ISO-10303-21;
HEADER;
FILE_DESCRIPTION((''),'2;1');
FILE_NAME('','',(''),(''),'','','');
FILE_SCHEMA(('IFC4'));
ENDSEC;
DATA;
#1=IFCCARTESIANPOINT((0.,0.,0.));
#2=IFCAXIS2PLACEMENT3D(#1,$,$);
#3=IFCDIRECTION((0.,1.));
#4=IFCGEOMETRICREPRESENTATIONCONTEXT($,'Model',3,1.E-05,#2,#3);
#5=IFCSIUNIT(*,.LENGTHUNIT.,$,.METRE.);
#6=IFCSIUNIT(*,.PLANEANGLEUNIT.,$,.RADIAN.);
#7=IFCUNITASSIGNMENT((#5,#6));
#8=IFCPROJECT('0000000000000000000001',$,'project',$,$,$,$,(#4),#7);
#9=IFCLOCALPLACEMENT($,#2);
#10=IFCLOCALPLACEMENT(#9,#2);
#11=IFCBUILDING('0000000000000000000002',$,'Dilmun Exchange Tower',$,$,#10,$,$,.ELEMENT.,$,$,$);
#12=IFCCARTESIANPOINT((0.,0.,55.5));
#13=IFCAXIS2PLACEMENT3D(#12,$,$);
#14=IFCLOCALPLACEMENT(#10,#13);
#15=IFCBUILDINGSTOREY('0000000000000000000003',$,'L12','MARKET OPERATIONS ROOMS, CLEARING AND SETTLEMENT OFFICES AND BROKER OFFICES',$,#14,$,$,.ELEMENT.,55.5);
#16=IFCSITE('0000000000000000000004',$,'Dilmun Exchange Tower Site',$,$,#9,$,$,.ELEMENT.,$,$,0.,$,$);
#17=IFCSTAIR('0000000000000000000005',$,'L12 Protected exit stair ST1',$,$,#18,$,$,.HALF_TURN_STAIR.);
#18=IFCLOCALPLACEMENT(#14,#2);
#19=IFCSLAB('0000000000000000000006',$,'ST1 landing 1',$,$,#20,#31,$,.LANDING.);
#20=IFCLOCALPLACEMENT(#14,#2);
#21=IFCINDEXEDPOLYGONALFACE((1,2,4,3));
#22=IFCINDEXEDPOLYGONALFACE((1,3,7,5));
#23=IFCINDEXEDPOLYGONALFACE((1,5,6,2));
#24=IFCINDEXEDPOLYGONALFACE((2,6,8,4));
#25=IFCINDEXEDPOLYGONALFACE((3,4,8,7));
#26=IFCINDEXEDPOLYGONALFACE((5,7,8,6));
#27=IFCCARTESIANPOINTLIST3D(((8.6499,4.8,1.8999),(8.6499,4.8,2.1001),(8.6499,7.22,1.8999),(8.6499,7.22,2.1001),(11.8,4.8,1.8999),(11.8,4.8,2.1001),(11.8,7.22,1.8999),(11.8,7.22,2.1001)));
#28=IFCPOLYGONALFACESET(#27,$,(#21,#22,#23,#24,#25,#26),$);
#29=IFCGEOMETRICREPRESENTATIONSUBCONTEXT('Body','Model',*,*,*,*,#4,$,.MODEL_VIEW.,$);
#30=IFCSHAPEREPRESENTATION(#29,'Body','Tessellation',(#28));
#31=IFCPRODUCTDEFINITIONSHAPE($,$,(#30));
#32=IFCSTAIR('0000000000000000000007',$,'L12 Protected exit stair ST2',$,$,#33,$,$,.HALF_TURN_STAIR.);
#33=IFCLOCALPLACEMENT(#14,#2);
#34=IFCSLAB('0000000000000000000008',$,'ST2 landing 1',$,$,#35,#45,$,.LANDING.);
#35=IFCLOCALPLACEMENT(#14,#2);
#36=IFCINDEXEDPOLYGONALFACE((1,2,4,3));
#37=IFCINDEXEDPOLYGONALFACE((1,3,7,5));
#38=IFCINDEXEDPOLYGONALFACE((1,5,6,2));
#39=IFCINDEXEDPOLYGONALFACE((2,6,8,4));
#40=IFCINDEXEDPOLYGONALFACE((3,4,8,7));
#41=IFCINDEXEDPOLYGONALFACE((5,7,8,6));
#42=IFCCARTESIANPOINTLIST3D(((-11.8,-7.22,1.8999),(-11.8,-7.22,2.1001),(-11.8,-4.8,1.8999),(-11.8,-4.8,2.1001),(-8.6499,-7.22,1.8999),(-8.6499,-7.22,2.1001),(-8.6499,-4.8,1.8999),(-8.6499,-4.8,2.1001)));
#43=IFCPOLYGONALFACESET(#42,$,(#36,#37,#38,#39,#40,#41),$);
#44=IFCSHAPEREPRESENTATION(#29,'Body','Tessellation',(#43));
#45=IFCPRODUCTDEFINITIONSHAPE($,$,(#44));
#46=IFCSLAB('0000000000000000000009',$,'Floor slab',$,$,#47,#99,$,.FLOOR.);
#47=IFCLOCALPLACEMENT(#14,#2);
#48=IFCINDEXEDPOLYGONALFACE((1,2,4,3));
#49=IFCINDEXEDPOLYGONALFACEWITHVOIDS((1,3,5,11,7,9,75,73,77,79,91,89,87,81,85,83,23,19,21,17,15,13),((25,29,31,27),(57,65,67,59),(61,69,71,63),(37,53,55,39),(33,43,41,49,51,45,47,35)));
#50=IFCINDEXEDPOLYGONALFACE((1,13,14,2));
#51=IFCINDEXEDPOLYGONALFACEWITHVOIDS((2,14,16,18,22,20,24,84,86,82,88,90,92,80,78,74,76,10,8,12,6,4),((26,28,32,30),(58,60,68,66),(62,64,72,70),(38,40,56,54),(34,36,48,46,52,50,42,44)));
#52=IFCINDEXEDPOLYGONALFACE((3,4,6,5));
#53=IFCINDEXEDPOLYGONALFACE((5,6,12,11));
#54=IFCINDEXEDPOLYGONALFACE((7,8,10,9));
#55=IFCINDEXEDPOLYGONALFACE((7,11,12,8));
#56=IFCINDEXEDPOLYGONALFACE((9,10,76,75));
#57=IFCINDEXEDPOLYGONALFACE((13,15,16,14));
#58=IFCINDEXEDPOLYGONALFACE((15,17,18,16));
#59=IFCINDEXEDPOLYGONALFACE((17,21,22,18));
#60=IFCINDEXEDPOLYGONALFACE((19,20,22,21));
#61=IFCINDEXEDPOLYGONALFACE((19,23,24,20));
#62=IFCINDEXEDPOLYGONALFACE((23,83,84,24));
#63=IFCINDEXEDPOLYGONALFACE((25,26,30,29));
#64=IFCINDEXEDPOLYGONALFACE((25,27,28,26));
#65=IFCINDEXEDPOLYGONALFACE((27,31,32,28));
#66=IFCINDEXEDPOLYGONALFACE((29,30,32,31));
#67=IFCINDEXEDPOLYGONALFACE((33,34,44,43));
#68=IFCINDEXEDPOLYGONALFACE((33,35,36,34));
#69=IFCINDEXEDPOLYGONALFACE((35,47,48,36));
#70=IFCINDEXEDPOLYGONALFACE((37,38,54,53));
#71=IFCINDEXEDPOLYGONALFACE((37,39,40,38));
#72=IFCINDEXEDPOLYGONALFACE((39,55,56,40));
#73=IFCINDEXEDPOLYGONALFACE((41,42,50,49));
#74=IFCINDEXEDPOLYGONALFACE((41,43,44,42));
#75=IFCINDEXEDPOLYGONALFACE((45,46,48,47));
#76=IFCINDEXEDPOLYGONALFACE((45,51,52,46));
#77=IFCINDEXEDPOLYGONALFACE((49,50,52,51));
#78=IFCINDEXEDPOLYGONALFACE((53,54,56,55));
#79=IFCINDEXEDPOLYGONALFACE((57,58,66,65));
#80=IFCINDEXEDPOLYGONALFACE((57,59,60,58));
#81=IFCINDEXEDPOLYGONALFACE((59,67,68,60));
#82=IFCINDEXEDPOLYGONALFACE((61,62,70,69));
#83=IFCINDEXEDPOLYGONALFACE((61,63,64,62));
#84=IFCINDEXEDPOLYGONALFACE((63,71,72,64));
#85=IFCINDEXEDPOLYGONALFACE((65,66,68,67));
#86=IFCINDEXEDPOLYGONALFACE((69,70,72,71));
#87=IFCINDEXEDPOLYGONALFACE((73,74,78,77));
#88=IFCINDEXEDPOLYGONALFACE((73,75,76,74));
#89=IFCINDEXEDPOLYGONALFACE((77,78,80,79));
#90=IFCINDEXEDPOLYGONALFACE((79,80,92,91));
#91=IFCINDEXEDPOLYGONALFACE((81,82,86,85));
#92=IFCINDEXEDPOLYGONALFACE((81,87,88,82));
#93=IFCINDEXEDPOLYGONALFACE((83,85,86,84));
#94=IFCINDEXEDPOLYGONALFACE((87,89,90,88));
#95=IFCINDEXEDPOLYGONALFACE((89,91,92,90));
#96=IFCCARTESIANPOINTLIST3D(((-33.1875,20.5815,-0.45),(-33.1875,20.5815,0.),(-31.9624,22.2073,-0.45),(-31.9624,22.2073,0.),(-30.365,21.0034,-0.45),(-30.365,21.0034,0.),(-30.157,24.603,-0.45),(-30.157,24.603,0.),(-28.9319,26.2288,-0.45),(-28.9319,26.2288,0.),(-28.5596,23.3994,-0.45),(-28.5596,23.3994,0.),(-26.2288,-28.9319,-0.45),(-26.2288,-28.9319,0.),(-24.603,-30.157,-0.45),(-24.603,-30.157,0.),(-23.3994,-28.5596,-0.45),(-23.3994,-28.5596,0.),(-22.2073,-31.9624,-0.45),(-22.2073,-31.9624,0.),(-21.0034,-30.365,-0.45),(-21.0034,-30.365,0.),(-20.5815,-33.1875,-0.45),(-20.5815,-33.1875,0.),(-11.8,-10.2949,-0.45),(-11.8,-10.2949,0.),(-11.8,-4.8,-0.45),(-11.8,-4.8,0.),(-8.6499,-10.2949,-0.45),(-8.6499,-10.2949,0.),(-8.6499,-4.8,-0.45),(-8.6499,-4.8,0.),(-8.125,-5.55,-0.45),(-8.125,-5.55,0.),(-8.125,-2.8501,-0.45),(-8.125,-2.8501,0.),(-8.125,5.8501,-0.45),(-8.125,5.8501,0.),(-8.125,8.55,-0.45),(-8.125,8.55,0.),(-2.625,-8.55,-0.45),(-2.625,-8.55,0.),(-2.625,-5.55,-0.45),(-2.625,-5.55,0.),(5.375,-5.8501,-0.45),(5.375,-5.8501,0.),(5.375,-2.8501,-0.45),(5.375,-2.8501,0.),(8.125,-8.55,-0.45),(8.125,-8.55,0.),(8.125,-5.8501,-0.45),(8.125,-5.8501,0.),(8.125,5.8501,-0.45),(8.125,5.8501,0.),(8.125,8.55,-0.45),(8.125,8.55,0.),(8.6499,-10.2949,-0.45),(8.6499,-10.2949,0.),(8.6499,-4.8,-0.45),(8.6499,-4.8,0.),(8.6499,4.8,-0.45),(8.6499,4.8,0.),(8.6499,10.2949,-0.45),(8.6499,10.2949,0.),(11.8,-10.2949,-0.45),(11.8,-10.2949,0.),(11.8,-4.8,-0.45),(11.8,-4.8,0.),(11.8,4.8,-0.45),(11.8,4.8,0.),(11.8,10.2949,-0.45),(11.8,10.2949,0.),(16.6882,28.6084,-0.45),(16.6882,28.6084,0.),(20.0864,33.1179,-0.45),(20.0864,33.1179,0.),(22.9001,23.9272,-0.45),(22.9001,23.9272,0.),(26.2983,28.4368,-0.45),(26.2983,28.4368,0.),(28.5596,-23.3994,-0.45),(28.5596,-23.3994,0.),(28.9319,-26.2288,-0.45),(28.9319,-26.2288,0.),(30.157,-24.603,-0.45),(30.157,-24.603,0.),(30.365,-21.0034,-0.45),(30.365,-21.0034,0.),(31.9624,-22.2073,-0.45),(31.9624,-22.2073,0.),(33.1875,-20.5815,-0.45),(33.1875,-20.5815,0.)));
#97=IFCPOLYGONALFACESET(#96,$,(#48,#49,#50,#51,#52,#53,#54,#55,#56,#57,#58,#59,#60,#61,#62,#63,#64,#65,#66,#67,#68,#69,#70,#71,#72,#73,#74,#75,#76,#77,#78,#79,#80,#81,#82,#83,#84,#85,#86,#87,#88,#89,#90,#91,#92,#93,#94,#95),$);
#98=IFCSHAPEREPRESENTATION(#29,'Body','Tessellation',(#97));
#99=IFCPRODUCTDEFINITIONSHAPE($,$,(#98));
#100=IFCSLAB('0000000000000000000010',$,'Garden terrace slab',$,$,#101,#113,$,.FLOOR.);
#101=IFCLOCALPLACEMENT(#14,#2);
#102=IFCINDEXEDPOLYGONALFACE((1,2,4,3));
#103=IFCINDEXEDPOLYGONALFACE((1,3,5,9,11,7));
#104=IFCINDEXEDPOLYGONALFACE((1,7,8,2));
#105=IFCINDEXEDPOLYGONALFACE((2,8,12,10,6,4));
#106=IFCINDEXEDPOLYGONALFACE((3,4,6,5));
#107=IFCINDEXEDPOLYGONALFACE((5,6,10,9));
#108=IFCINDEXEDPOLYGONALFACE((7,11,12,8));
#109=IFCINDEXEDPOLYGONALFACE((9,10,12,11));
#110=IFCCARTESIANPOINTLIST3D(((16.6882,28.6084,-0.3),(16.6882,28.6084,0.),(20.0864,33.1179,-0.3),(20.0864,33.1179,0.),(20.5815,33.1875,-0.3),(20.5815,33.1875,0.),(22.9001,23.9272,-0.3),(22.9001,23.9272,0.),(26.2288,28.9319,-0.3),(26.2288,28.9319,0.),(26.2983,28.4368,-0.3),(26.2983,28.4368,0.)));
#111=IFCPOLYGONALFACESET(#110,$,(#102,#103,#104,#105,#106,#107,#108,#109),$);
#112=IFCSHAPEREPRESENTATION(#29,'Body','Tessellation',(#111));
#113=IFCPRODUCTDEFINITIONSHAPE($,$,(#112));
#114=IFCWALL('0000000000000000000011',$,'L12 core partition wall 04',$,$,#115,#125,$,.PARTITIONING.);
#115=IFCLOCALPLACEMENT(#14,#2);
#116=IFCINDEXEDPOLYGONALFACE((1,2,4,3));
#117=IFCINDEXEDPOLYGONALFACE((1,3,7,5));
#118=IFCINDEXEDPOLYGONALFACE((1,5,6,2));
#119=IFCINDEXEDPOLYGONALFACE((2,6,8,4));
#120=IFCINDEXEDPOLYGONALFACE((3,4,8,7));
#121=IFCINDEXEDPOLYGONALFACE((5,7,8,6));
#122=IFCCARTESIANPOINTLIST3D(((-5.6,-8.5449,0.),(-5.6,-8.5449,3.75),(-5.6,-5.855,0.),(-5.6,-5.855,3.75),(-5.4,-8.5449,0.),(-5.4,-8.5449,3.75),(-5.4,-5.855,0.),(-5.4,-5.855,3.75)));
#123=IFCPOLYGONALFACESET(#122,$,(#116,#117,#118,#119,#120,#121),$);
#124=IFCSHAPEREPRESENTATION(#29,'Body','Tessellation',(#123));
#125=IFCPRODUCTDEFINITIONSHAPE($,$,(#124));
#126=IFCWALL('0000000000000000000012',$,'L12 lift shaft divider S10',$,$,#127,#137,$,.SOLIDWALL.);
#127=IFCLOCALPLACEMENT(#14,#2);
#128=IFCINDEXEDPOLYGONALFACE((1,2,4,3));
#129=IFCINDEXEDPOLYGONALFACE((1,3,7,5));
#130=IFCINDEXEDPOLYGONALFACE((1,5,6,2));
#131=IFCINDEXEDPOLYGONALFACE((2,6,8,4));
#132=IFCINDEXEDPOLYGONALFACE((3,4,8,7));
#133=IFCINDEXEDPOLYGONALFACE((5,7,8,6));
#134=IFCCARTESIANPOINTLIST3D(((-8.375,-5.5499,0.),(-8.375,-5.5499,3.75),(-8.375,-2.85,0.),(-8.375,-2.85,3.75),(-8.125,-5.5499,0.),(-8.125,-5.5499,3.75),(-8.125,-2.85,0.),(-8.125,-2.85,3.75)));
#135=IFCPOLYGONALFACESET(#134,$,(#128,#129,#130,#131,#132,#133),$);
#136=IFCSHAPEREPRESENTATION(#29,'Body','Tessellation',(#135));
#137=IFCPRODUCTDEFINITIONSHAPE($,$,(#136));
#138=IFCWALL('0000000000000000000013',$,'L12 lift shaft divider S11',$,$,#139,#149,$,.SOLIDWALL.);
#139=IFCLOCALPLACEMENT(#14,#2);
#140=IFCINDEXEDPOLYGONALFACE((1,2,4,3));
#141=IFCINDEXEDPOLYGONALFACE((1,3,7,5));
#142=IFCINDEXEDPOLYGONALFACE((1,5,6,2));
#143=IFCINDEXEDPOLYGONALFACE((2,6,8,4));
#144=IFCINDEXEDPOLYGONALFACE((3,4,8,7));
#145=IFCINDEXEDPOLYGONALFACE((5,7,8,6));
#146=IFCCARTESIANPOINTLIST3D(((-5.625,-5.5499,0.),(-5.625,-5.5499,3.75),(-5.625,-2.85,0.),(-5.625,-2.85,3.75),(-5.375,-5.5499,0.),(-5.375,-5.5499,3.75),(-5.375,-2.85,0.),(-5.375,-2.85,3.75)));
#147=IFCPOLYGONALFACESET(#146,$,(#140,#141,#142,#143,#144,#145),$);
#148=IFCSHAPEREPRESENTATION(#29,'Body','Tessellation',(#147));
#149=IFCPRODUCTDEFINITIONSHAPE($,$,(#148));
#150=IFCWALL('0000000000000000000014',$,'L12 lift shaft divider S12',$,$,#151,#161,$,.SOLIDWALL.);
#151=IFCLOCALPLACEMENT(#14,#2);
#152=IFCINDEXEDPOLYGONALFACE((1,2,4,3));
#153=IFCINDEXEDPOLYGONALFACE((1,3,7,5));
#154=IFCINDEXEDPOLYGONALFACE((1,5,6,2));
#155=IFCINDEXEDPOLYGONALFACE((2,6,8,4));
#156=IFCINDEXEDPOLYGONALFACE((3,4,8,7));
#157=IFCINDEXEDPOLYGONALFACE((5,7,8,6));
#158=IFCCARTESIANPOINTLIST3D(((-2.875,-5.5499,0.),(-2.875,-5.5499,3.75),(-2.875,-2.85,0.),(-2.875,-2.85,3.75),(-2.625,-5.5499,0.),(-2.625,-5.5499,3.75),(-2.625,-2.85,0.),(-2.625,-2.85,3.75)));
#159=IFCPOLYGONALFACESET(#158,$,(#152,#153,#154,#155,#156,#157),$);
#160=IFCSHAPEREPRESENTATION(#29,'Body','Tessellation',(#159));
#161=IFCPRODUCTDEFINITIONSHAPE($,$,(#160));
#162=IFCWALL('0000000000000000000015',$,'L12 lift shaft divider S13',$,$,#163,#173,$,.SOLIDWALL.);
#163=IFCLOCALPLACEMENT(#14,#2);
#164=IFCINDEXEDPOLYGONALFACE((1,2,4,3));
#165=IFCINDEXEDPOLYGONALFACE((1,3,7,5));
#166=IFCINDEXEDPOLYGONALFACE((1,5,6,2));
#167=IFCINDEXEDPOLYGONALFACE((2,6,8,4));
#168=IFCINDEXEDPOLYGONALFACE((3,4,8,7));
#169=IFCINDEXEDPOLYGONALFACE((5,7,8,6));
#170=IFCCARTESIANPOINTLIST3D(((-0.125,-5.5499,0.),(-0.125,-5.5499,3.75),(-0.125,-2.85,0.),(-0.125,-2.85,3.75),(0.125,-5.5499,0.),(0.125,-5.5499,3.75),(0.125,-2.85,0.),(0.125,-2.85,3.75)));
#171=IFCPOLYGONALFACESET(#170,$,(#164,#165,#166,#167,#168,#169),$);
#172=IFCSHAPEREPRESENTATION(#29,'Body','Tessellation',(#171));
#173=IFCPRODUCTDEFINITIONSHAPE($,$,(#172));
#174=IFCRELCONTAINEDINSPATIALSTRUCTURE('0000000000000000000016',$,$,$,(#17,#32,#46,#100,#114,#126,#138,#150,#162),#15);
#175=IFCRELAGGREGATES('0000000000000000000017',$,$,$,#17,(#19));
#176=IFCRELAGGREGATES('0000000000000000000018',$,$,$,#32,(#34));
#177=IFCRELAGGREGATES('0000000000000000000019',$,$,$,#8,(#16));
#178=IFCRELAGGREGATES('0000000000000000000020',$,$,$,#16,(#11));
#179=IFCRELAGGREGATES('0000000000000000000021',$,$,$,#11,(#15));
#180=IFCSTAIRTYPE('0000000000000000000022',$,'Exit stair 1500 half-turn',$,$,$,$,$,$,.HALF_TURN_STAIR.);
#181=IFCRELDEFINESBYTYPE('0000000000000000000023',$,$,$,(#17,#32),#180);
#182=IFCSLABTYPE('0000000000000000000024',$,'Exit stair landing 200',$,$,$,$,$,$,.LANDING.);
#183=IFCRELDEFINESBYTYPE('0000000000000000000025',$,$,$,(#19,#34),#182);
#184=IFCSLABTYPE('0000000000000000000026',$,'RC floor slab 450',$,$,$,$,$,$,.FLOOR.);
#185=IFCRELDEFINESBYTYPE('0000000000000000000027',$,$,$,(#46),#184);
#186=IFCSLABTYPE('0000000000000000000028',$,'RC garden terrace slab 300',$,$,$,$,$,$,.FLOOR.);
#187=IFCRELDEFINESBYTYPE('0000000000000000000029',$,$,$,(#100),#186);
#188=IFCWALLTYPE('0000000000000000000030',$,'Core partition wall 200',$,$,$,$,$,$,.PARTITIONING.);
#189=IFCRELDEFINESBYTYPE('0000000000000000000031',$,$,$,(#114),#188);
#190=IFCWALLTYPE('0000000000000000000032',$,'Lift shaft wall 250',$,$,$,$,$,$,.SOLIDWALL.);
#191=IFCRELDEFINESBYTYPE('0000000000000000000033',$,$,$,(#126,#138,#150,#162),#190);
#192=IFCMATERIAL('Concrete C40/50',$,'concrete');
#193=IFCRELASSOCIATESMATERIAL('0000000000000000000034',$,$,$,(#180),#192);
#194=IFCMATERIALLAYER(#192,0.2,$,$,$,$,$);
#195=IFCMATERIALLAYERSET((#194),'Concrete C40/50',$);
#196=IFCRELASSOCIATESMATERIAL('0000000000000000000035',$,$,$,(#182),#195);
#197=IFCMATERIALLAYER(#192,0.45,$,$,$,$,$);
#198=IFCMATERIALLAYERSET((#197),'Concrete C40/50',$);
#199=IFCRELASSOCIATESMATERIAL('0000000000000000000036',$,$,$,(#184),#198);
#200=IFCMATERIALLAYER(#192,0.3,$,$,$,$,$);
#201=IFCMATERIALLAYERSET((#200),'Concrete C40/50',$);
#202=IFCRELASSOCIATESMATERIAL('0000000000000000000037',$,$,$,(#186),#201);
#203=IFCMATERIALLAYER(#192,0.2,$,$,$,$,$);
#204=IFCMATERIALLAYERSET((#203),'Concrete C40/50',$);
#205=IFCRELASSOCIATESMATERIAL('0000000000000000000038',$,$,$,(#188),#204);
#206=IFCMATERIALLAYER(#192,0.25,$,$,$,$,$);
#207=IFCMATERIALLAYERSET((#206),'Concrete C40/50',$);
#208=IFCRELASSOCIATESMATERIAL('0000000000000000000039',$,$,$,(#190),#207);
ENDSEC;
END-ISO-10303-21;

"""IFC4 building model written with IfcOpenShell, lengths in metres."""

from ifc_helpers import new_model, si_unit, direction, frame, frame_2d, origin, place, context, subcontext, project, spatial, polyline, rectangle, outline, extrude, material, layer, layer_set, type_object, element, aggregate, save


model = new_model("IFC4")

# Units and contexts
model_context = context("Model", 3, precision=1e-05, world=origin(), true_north=direction((0.0, 1.0)))
body_context = subcontext(model_context, "Body", "Model", "MODEL_VIEW")
ifc_project = project(units=[si_unit("LENGTHUNIT", "METRE"), si_unit("PLANEANGLEUNIT", "RADIAN")], contexts=[model_context])

# Site, building, storey
site_placement = place(None, origin())
site = spatial("IfcSite", under=ifc_project, at=site_placement, Name="Dilmun Exchange Tower Site", CompositionType="ELEMENT", RefElevation=0.0)
building_placement = place(site_placement, origin())
building = spatial("IfcBuilding", under=site, at=building_placement, Name="Dilmun Exchange Tower", CompositionType="ELEMENT")
storey_placement = place(building_placement, frame((0.0, 0.0, 55.5)))
storey = spatial("IfcBuildingStorey", under=building, at=storey_placement, Name="L12", Description="MARKET OPERATIONS ROOMS, CLEARING AND SETTLEMENT OFFICES AND BROKER OFFICES", CompositionType="ELEMENT", Elevation=55.5)

# Stairs, slabs
ifc_material_1 = material(Name="Concrete C40/50", Category="concrete")
stair_type = type_object("IfcStairType", Name="Exit stair 1500 half-turn", PredefinedType="HALF_TURN_STAIR", material=ifc_material_1)
stair_1_placement = place(storey_placement, origin())
stair_1 = element("IfcStair", 1, at=stair_1_placement, inside=storey, type_object=stair_type, Name="L12 Protected exit stair ST1", PredefinedType="HALF_TURN_STAIR")
ifc_layer_1 = layer(ifc_material_1, 0.2)
ifc_layer_set_1 = layer_set([ifc_layer_1], Name="Concrete C40/50")
slab_type_1 = type_object("IfcSlabType", Name="Exit stair landing 200", PredefinedType="LANDING", material=ifc_layer_set_1)
slab_1_placement = place(storey_placement, frame((0.0, 0.0, 1.8999)))
slab_1 = element("IfcSlab", 2, at=slab_1_placement, type_object=slab_type_1, Name="ST1 landing 1", PredefinedType="LANDING", context=body_context, shape_type="SweptSolid", body=[
    extrude(outline(polyline([(8.6499, 7.22), (8.6499, 4.8), (11.8, 4.8), (11.8, 7.22), (8.6499, 7.22)])), origin(), (0.0, 0.0, 1.0), 0.2002),
])
aggregate(stair_1, [slab_1])
stair_2_placement = place(storey_placement, origin())
stair_2 = element("IfcStair", 3, at=stair_2_placement, inside=storey, type_object=stair_type, Name="L12 Protected exit stair ST2", PredefinedType="HALF_TURN_STAIR")
slab_2_placement = place(storey_placement, frame((0.0, 0.0, 1.8999)))
slab_2 = element("IfcSlab", 4, at=slab_2_placement, type_object=slab_type_1, Name="ST2 landing 1", PredefinedType="LANDING", context=body_context, shape_type="SweptSolid", body=[
    extrude(outline(polyline([(-8.6499, -7.22), (-8.6499, -4.8), (-11.8, -4.8), (-11.8, -7.22), (-8.6499, -7.22)])), origin(), (0.0, 0.0, 1.0), 0.2002),
])
aggregate(stair_2, [slab_2])

# Slabs
ifc_layer_2 = layer(ifc_material_1, 0.45)
ifc_layer_set_2 = layer_set([ifc_layer_2], Name="Concrete C40/50")
slab_type_2 = type_object("IfcSlabType", Name="RC floor slab 450", PredefinedType="FLOOR", material=ifc_layer_set_2)
slab_3_placement = place(storey_placement, frame((0.0, 0.0, -0.45)))
element("IfcSlab", 5, at=slab_3_placement, inside=storey, type_object=slab_type_2, Name="Floor slab", PredefinedType="FLOOR", context=body_context, shape_type="SweptSolid", body=[
    extrude(outline(polyline([(31.9624, -22.2073), (30.365, -21.0034), (28.5596, -23.3994), (30.157, -24.603), (28.9319, -26.2288), (-20.5815, -33.1875), (-22.2073, -31.9624), (-21.0034, -30.365), (-23.3994, -28.5596), (-24.603, -30.157), (-26.2288, -28.9319), (-33.1875, 20.5815), (-31.9624, 22.2073), (-30.365, 21.0034), (-28.5596, 23.3994), (-30.157, 24.603), (-28.9319, 26.2288), (20.0864, 33.1179), (16.6882, 28.6084), (22.9001, 23.9272), (26.2983, 28.4368), (33.1875, -20.5815), (31.9624, -22.2073)]), holes=[polyline([(-8.6499, -4.8), (-11.8, -4.8), (-11.8, -10.2949), (-8.6499, -10.2949), (-8.6499, -4.8)]), polyline([(11.8, -4.8), (8.6499, -4.8), (8.6499, -10.2949), (11.8, -10.2949), (11.8, -4.8)]), polyline([(-8.125, -2.8501), (-8.125, -5.55), (-2.625, -5.55), (-2.625, -8.55), (8.125, -8.55), (8.125, -5.8501), (5.375, -5.8501), (5.375, -2.8501), (-8.125, -2.8501)]), polyline([(-8.125, 5.8501), (8.125, 5.8501), (8.125, 8.55), (-8.125, 8.55), (-8.125, 5.8501)]), polyline([(8.6499, 10.2949), (8.6499, 4.8), (11.8, 4.8), (11.8, 10.2949), (8.6499, 10.2949)])]), origin(), (0.0, 0.0, 1.0), 0.45),
])
ifc_layer_3 = layer(ifc_material_1, 0.3)
ifc_layer_set_3 = layer_set([ifc_layer_3], Name="Concrete C40/50")
slab_type_3 = type_object("IfcSlabType", Name="RC garden terrace slab 300", PredefinedType="FLOOR", material=ifc_layer_set_3)
slab_4_placement = place(storey_placement, frame((0.0, 0.0, -0.3)))
element("IfcSlab", 6, at=slab_4_placement, inside=storey, type_object=slab_type_3, Name="Garden terrace slab", PredefinedType="FLOOR", context=body_context, shape_type="SweptSolid", body=[
    extrude(outline(polyline([(16.6882, 28.6084), (20.0864, 33.1179), (20.5815, 33.1875), (26.2288, 28.9319), (26.2983, 28.4368), (22.9001, 23.9272), (16.6882, 28.6084)])), origin(), (0.0, 0.0, 1.0), 0.3),
])

# Wall
ifc_layer_4 = layer(ifc_material_1, 0.2)
ifc_layer_set_4 = layer_set([ifc_layer_4], Name="Concrete C40/50")
wall_type_1 = type_object("IfcWallType", Name="Core partition wall 200", PredefinedType="PARTITIONING", material=ifc_layer_set_4)
wall_1_placement = place(storey_placement, frame((-5.5, -8.5449, 0.0), z_axis=(0.0, 0.0, 1.0), x_axis=(0.0, 1.0, 0.0)))
element("IfcWall", 7, at=wall_1_placement, inside=storey, type_object=wall_type_1, Name="L12 core partition wall 04", PredefinedType="PARTITIONING", context=body_context, shape_type="SweptSolid", body=[
    extrude(rectangle(XDim=2.6899, YDim=0.2, at=frame_2d((1.345, 0.0))), origin(), (0.0, 0.0, 1.0), 3.75),
])

# Walls
ifc_layer_5 = layer(ifc_material_1, 0.25)
ifc_layer_set_5 = layer_set([ifc_layer_5], Name="Concrete C40/50")
wall_type_2 = type_object("IfcWallType", Name="Lift shaft wall 250", PredefinedType="SOLIDWALL", material=ifc_layer_set_5)
for number, where, z_axis, x_axis, name in (
    (8, (-8.25, -5.55, 0.0), (0.0, 0.0, 1.0), (0.0, 1.0, 0.0), "L12 lift shaft divider S10"),
    (9, (-5.5, -5.55, 0.0), (0.0, 0.0, 1.0), (0.0, 1.0, 0.0), "L12 lift shaft divider S11"),
    (10, (-2.75, -5.55, 0.0), (0.0, 0.0, 1.0), (0.0, 1.0, 0.0), "L12 lift shaft divider S12"),
    (11, (0.0, -5.55, 0.0), (0.0, 0.0, 1.0), (0.0, 1.0, 0.0), "L12 lift shaft divider S13"),
):
    element("IfcWall", number, at=place(storey_placement, frame(where, z_axis=z_axis, x_axis=x_axis)), inside=storey, type_object=wall_type_2, Name=name, PredefinedType="SOLIDWALL", context=body_context, shape_type="SweptSolid", body=[
        extrude(rectangle(XDim=2.7, YDim=0.25, at=frame_2d((1.3501, 0.0))), origin(), (0.0, 0.0, 1.0), 3.75),
    ])

save(model, "model.ifc")
